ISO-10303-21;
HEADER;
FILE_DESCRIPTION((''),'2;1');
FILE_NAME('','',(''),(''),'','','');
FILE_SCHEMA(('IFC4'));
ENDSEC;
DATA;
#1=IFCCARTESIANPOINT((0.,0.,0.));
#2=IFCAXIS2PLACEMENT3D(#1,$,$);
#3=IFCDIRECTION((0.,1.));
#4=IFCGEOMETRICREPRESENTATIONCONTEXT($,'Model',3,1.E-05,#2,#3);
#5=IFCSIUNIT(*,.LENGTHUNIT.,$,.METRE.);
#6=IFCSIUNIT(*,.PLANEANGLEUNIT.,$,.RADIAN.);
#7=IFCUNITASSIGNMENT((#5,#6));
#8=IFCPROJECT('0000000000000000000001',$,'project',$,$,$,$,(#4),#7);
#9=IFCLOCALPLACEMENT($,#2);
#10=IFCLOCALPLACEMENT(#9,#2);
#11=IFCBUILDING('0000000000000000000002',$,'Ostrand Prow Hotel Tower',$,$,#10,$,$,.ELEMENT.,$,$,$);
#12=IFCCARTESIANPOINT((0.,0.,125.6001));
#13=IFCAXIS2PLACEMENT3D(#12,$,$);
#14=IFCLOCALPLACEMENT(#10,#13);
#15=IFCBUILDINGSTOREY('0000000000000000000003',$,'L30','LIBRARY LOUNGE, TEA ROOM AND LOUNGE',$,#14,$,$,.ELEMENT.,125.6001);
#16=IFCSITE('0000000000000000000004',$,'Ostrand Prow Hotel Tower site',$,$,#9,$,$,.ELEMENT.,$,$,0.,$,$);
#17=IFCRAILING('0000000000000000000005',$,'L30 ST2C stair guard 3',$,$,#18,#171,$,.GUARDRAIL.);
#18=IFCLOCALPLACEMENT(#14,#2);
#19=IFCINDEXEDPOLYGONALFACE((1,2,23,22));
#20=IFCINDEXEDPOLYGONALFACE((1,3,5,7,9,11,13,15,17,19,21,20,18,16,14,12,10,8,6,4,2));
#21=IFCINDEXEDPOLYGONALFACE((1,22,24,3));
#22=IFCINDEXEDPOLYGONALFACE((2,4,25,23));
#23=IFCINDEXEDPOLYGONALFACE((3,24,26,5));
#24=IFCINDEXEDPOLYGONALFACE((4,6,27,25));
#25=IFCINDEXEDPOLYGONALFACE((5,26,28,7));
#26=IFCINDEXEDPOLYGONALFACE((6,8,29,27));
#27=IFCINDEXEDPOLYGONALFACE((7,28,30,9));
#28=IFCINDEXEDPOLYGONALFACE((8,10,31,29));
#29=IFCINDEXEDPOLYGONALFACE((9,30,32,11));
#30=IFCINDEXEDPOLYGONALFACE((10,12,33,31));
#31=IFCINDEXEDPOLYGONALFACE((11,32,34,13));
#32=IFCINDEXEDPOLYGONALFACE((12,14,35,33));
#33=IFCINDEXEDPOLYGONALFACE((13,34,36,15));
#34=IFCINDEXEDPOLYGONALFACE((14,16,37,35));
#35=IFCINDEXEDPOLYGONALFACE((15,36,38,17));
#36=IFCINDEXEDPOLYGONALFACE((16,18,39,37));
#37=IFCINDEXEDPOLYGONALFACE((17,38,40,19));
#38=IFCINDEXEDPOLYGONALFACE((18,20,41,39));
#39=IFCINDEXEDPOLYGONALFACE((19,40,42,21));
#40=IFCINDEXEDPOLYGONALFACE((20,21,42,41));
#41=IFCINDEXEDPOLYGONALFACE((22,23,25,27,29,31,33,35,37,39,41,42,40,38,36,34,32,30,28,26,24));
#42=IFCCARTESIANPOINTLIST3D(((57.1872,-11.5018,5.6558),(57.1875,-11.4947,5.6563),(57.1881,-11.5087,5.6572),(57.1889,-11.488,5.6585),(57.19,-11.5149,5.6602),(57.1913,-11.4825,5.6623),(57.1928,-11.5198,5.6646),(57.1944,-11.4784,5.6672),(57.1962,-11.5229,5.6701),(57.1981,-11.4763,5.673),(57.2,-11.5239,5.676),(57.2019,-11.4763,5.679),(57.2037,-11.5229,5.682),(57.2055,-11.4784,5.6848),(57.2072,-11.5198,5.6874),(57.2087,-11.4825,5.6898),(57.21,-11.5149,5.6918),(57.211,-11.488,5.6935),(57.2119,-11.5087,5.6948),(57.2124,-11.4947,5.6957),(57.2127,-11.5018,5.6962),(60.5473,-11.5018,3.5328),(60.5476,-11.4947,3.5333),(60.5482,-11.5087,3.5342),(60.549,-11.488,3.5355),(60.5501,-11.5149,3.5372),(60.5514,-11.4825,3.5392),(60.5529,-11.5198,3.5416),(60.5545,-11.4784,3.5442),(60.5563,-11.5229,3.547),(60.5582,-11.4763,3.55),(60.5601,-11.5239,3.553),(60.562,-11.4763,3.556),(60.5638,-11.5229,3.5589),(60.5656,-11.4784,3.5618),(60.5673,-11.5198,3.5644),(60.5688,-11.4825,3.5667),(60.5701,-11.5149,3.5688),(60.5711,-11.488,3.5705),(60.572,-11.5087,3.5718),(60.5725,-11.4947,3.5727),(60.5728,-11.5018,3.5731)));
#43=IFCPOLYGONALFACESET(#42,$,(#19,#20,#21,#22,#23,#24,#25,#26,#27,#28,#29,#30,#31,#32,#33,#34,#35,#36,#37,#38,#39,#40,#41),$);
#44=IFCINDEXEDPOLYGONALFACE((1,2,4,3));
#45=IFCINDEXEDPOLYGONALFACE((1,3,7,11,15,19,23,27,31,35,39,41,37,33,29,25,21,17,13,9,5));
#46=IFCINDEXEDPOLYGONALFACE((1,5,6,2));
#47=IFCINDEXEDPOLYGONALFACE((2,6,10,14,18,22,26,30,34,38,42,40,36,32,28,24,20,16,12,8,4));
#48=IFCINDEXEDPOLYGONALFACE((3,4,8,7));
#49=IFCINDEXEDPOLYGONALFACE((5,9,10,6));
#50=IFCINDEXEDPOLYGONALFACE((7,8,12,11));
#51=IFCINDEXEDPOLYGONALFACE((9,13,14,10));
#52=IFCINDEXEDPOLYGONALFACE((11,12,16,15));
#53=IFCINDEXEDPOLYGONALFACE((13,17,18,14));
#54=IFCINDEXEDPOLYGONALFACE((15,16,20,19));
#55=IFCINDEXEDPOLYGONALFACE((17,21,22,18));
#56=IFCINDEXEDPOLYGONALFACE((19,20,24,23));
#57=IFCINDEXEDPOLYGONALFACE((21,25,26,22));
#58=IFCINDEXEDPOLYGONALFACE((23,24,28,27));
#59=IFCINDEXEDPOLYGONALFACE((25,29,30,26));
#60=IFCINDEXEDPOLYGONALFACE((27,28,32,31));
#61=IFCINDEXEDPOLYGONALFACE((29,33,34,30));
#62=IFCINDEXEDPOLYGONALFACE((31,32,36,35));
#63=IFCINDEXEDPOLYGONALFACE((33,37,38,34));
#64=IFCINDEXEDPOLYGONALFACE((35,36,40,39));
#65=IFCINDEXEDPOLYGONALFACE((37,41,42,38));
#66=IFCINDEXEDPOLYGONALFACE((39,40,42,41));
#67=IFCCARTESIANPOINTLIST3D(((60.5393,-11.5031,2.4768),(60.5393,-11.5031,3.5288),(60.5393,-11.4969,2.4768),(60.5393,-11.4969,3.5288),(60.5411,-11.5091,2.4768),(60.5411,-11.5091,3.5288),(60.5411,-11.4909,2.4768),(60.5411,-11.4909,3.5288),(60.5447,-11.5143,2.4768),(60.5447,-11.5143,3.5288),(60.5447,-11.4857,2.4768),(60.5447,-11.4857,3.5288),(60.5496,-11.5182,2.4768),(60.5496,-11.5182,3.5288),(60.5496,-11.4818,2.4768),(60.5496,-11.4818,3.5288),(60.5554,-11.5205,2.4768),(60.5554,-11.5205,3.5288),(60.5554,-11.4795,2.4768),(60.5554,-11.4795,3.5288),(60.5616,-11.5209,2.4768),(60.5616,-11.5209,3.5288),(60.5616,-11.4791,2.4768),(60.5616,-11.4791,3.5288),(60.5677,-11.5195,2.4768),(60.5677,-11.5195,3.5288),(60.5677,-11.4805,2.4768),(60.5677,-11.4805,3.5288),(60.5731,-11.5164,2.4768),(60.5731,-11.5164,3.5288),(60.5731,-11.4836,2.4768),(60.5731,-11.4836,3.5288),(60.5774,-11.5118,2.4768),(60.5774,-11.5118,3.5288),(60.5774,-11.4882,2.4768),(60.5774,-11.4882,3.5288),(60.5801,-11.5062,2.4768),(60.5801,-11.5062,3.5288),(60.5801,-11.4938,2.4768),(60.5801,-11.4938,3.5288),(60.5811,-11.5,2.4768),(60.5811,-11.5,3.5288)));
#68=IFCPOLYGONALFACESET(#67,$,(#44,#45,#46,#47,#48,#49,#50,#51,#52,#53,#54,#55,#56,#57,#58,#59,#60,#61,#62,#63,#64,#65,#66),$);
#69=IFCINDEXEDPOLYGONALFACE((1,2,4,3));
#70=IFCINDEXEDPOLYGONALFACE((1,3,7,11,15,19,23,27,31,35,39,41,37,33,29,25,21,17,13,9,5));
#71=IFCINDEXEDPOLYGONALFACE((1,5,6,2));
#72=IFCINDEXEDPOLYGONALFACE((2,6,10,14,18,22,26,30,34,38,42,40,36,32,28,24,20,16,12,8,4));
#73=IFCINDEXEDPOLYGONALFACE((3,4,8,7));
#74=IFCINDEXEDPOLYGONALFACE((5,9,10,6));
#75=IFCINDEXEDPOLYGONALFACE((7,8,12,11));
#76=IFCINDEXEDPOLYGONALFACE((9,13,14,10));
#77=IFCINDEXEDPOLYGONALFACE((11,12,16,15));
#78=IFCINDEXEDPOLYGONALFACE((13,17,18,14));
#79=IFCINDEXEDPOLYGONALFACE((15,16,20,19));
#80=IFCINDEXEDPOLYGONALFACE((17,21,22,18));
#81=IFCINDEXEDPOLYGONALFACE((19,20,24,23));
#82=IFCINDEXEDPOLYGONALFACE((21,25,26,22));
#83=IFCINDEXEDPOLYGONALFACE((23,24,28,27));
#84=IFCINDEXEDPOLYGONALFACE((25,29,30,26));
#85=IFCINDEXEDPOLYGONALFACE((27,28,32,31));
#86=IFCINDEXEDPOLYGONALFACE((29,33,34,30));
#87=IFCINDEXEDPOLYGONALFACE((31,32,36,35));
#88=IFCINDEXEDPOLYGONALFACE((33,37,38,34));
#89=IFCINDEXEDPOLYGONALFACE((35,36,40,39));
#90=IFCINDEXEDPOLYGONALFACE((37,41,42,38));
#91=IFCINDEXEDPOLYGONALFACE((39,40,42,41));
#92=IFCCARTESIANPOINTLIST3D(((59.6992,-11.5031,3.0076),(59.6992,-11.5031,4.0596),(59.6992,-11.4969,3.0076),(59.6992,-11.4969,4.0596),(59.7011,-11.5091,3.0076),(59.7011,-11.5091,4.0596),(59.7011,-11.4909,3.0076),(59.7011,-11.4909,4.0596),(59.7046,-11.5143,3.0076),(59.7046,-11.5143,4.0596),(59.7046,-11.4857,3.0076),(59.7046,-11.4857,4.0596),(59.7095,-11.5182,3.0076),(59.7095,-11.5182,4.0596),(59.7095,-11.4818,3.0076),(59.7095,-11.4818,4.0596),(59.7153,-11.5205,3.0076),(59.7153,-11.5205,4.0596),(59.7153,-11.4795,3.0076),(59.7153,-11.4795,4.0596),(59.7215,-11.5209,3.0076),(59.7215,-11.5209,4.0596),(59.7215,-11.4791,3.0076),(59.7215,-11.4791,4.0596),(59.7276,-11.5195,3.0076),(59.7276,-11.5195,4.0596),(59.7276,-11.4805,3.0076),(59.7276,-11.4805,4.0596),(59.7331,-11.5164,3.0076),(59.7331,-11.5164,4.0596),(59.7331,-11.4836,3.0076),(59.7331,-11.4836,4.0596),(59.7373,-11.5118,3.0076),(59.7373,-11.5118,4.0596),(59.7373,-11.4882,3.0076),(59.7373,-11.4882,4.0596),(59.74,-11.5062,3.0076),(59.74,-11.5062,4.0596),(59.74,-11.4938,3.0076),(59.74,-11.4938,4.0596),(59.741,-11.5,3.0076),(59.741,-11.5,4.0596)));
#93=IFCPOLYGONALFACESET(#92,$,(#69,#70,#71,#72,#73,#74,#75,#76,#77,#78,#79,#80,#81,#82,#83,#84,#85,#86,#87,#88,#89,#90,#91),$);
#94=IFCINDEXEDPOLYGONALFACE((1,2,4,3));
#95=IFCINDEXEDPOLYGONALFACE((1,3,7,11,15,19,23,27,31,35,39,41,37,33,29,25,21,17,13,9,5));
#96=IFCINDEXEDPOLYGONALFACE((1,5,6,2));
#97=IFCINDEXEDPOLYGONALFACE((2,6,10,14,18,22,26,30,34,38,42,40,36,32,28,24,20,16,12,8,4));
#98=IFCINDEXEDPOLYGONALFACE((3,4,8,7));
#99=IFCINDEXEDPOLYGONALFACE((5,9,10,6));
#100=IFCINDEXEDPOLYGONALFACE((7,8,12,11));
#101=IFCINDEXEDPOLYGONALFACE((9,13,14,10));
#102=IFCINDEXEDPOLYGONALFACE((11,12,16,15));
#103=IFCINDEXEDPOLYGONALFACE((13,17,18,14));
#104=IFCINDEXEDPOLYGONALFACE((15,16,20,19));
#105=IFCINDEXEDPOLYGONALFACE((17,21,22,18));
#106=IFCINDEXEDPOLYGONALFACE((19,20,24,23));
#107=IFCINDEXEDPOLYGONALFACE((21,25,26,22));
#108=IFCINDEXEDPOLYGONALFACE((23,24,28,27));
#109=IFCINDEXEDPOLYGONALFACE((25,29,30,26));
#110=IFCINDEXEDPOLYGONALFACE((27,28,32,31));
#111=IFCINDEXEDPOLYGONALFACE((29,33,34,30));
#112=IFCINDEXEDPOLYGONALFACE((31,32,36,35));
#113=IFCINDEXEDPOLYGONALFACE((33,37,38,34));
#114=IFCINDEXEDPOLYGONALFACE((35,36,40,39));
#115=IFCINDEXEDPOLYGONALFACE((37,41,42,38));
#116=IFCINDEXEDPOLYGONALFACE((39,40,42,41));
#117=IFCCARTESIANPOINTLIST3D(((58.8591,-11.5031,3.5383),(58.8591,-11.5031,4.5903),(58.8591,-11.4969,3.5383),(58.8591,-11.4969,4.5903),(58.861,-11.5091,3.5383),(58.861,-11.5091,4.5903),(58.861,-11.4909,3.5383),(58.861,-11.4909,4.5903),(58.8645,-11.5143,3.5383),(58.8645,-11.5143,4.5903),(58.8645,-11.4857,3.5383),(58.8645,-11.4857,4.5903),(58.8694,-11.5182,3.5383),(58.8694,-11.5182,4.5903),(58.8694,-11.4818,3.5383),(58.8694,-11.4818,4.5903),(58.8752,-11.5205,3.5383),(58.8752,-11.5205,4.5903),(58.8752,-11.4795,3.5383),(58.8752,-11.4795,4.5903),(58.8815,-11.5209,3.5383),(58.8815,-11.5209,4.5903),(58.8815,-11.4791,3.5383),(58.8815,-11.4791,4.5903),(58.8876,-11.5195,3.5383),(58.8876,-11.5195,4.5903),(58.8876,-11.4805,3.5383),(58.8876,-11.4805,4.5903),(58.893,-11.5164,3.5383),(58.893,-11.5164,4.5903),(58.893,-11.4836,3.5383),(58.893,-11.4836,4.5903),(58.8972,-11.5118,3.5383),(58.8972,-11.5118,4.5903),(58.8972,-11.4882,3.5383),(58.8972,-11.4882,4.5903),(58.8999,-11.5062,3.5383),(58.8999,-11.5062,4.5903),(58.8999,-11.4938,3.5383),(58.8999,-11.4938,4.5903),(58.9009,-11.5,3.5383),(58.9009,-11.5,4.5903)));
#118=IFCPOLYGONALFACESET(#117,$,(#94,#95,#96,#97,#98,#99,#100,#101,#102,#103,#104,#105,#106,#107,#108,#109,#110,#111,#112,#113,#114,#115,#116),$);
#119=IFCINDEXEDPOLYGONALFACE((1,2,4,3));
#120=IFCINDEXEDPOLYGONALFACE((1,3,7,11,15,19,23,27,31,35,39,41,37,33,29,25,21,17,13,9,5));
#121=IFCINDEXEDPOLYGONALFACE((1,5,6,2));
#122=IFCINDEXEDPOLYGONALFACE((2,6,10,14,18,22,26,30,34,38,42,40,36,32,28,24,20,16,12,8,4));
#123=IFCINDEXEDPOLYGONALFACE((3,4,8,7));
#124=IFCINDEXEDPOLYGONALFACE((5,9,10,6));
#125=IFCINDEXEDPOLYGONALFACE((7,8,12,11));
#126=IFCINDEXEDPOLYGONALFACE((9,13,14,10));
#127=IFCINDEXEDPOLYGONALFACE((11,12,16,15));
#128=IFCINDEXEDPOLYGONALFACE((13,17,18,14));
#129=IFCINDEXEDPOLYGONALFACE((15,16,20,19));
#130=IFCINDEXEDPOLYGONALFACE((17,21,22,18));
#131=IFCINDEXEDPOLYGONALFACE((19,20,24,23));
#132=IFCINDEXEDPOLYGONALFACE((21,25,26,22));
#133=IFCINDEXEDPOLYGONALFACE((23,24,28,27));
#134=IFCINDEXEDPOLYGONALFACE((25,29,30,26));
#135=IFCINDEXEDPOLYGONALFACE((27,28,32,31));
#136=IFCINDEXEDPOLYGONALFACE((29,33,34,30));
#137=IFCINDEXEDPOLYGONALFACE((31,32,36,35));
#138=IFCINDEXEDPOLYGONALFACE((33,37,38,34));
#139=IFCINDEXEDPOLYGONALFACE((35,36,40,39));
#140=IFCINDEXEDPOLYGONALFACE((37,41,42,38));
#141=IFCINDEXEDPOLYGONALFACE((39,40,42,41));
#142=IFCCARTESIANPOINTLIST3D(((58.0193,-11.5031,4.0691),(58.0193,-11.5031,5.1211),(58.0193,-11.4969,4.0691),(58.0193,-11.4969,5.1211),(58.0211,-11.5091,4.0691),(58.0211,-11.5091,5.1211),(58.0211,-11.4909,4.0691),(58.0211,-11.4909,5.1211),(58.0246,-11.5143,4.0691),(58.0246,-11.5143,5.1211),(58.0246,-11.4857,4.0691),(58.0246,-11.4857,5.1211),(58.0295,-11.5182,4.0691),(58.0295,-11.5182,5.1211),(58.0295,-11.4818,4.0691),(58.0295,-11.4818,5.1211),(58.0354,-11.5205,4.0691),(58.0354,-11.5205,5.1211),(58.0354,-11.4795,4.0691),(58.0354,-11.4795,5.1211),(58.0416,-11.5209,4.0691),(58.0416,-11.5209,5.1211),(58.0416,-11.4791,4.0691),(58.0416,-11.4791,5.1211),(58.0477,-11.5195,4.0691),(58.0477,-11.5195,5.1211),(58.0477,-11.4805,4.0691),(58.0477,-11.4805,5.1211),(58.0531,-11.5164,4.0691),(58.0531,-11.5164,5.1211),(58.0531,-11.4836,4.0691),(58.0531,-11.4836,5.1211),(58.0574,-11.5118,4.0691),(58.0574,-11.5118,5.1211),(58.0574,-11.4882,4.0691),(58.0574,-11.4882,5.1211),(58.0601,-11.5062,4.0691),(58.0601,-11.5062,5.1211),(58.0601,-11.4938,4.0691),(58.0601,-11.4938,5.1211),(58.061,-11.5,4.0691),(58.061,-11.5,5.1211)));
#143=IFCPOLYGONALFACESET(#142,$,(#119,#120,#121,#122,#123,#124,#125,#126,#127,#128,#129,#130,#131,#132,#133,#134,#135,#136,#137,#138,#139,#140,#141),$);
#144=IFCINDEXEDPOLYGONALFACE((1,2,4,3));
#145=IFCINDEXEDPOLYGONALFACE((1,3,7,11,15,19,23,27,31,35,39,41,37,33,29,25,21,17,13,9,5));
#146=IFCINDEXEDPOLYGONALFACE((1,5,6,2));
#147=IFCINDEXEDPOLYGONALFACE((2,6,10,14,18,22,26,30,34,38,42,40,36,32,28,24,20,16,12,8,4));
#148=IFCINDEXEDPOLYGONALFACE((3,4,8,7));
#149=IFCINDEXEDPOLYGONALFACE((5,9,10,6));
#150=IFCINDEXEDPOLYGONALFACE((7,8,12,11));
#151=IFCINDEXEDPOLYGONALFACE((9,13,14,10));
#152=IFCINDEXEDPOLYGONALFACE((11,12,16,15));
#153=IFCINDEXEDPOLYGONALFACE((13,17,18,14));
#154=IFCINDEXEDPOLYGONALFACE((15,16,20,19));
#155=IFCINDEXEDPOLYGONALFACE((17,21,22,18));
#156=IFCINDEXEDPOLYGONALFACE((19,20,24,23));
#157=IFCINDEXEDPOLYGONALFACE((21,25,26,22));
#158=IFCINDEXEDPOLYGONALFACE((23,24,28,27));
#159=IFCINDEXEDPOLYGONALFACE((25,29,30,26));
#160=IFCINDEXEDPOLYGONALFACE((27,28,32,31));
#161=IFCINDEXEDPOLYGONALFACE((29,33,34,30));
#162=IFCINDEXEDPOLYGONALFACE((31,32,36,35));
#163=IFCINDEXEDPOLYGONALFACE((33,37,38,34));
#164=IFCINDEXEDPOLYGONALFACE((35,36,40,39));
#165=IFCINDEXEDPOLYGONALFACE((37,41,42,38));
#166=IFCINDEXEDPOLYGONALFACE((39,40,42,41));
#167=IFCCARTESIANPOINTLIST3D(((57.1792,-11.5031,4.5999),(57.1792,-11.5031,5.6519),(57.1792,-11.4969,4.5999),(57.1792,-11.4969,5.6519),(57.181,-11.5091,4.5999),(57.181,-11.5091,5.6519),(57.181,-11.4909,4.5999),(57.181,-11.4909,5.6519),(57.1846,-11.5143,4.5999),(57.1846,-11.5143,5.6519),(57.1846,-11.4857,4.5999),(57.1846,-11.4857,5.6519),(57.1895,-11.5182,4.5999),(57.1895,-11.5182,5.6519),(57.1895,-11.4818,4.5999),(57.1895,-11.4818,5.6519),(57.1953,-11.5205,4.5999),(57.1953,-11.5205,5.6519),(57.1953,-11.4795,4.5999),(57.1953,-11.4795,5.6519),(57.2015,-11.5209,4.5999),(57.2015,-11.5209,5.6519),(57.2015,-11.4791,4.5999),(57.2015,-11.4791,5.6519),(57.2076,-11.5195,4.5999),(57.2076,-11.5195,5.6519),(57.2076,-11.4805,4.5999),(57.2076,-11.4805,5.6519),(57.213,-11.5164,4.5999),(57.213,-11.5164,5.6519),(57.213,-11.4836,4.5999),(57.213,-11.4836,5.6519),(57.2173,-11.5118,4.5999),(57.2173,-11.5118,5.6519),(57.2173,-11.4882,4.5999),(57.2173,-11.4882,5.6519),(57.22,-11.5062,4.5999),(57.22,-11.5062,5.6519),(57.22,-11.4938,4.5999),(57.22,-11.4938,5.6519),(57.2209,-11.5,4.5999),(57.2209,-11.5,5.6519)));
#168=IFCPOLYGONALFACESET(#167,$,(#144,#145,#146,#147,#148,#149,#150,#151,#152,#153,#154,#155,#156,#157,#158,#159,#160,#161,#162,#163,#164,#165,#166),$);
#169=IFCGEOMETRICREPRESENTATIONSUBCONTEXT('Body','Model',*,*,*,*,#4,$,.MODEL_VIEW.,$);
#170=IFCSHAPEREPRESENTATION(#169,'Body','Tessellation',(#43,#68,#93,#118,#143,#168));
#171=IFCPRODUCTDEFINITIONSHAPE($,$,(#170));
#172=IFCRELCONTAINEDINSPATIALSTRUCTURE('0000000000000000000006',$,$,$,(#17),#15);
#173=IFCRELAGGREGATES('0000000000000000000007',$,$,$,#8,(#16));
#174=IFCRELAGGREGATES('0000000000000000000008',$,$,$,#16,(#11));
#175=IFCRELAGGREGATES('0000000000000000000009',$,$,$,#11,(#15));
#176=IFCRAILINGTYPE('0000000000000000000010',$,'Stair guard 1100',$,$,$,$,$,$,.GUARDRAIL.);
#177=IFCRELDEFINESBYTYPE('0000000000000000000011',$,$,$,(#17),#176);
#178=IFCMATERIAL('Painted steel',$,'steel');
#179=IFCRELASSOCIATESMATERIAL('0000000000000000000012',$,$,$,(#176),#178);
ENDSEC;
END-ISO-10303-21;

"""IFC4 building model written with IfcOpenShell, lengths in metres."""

from ifc_helpers import new_model, si_unit, direction, frame, origin, origin_2d, place, context, subcontext, project, spatial, circle, extrude, material, type_object, element, save


model = new_model("IFC4")

# Units and contexts
model_context = context("Model", 3, precision=1e-05, world=origin(), true_north=direction((0.0, 1.0)))
body_context = subcontext(model_context, "Body", "Model", "MODEL_VIEW")
ifc_project = project(units=[si_unit("LENGTHUNIT", "METRE"), si_unit("PLANEANGLEUNIT", "RADIAN")], contexts=[model_context])

# Site, building, storey
site_placement = place(None, origin())
site = spatial("IfcSite", under=ifc_project, at=site_placement, Name="Ostrand Prow Hotel Tower site", CompositionType="ELEMENT", RefElevation=0.0)
building_placement = place(site_placement, origin())
building = spatial("IfcBuilding", under=site, at=building_placement, Name="Ostrand Prow Hotel Tower", CompositionType="ELEMENT")
storey_placement = place(building_placement, frame((0.0, 0.0, 125.6001)))
storey = spatial("IfcBuildingStorey", under=building, at=storey_placement, Name="L30", Description="LIBRARY LOUNGE, TEA ROOM AND LOUNGE", CompositionType="ELEMENT", Elevation=125.6001)

# Railing
ifc_material_1 = material(Name="Painted steel", Category="steel")
railing_type_1 = type_object("IfcRailingType", Name="Stair guard 1100", PredefinedType="GUARDRAIL", material=ifc_material_1)
railing_1_placement = place(storey_placement, frame((60.5601, -11.5, 2.4768)))
element("IfcRailing", 1, at=railing_1_placement, inside=storey, type_object=railing_type_1, Name="L30 ST2C stair guard 3", PredefinedType="GUARDRAIL", context=body_context, shape_type="SweptSolid", body=[
    extrude(circle(Radius=0.0239, at=origin_2d()), frame((0.0, 0.0, 1.0762), z_axis=(-0.84539, 0.0, 0.53415), x_axis=(0.0, -1.0, 0.0)), (0.0, 0.0, 1.0), 3.9746),
    extrude(circle(Radius=0.021, at=origin_2d()), origin(), (0.0, 0.0, 1.0), 1.052),
    extrude(circle(Radius=0.021, at=origin_2d()), frame((-0.8401, 0.0, 0.5308)), (0.0, 0.0, 1.0), 1.052),
    extrude(circle(Radius=0.021, at=origin_2d()), frame((-1.6802, 0.0, 1.0615)), (0.0, 0.0, 1.0), 1.052),
    extrude(circle(Radius=0.021, at=origin_2d()), frame((-2.52, 0.0, 1.5923)), (0.0, 0.0, 1.0), 1.052),
    extrude(circle(Radius=0.021, at=origin_2d()), frame((-3.3601, 0.0, 2.123)), (0.0, 0.0, 1.0), 1.052),
])

save(model, "model.ifc")
